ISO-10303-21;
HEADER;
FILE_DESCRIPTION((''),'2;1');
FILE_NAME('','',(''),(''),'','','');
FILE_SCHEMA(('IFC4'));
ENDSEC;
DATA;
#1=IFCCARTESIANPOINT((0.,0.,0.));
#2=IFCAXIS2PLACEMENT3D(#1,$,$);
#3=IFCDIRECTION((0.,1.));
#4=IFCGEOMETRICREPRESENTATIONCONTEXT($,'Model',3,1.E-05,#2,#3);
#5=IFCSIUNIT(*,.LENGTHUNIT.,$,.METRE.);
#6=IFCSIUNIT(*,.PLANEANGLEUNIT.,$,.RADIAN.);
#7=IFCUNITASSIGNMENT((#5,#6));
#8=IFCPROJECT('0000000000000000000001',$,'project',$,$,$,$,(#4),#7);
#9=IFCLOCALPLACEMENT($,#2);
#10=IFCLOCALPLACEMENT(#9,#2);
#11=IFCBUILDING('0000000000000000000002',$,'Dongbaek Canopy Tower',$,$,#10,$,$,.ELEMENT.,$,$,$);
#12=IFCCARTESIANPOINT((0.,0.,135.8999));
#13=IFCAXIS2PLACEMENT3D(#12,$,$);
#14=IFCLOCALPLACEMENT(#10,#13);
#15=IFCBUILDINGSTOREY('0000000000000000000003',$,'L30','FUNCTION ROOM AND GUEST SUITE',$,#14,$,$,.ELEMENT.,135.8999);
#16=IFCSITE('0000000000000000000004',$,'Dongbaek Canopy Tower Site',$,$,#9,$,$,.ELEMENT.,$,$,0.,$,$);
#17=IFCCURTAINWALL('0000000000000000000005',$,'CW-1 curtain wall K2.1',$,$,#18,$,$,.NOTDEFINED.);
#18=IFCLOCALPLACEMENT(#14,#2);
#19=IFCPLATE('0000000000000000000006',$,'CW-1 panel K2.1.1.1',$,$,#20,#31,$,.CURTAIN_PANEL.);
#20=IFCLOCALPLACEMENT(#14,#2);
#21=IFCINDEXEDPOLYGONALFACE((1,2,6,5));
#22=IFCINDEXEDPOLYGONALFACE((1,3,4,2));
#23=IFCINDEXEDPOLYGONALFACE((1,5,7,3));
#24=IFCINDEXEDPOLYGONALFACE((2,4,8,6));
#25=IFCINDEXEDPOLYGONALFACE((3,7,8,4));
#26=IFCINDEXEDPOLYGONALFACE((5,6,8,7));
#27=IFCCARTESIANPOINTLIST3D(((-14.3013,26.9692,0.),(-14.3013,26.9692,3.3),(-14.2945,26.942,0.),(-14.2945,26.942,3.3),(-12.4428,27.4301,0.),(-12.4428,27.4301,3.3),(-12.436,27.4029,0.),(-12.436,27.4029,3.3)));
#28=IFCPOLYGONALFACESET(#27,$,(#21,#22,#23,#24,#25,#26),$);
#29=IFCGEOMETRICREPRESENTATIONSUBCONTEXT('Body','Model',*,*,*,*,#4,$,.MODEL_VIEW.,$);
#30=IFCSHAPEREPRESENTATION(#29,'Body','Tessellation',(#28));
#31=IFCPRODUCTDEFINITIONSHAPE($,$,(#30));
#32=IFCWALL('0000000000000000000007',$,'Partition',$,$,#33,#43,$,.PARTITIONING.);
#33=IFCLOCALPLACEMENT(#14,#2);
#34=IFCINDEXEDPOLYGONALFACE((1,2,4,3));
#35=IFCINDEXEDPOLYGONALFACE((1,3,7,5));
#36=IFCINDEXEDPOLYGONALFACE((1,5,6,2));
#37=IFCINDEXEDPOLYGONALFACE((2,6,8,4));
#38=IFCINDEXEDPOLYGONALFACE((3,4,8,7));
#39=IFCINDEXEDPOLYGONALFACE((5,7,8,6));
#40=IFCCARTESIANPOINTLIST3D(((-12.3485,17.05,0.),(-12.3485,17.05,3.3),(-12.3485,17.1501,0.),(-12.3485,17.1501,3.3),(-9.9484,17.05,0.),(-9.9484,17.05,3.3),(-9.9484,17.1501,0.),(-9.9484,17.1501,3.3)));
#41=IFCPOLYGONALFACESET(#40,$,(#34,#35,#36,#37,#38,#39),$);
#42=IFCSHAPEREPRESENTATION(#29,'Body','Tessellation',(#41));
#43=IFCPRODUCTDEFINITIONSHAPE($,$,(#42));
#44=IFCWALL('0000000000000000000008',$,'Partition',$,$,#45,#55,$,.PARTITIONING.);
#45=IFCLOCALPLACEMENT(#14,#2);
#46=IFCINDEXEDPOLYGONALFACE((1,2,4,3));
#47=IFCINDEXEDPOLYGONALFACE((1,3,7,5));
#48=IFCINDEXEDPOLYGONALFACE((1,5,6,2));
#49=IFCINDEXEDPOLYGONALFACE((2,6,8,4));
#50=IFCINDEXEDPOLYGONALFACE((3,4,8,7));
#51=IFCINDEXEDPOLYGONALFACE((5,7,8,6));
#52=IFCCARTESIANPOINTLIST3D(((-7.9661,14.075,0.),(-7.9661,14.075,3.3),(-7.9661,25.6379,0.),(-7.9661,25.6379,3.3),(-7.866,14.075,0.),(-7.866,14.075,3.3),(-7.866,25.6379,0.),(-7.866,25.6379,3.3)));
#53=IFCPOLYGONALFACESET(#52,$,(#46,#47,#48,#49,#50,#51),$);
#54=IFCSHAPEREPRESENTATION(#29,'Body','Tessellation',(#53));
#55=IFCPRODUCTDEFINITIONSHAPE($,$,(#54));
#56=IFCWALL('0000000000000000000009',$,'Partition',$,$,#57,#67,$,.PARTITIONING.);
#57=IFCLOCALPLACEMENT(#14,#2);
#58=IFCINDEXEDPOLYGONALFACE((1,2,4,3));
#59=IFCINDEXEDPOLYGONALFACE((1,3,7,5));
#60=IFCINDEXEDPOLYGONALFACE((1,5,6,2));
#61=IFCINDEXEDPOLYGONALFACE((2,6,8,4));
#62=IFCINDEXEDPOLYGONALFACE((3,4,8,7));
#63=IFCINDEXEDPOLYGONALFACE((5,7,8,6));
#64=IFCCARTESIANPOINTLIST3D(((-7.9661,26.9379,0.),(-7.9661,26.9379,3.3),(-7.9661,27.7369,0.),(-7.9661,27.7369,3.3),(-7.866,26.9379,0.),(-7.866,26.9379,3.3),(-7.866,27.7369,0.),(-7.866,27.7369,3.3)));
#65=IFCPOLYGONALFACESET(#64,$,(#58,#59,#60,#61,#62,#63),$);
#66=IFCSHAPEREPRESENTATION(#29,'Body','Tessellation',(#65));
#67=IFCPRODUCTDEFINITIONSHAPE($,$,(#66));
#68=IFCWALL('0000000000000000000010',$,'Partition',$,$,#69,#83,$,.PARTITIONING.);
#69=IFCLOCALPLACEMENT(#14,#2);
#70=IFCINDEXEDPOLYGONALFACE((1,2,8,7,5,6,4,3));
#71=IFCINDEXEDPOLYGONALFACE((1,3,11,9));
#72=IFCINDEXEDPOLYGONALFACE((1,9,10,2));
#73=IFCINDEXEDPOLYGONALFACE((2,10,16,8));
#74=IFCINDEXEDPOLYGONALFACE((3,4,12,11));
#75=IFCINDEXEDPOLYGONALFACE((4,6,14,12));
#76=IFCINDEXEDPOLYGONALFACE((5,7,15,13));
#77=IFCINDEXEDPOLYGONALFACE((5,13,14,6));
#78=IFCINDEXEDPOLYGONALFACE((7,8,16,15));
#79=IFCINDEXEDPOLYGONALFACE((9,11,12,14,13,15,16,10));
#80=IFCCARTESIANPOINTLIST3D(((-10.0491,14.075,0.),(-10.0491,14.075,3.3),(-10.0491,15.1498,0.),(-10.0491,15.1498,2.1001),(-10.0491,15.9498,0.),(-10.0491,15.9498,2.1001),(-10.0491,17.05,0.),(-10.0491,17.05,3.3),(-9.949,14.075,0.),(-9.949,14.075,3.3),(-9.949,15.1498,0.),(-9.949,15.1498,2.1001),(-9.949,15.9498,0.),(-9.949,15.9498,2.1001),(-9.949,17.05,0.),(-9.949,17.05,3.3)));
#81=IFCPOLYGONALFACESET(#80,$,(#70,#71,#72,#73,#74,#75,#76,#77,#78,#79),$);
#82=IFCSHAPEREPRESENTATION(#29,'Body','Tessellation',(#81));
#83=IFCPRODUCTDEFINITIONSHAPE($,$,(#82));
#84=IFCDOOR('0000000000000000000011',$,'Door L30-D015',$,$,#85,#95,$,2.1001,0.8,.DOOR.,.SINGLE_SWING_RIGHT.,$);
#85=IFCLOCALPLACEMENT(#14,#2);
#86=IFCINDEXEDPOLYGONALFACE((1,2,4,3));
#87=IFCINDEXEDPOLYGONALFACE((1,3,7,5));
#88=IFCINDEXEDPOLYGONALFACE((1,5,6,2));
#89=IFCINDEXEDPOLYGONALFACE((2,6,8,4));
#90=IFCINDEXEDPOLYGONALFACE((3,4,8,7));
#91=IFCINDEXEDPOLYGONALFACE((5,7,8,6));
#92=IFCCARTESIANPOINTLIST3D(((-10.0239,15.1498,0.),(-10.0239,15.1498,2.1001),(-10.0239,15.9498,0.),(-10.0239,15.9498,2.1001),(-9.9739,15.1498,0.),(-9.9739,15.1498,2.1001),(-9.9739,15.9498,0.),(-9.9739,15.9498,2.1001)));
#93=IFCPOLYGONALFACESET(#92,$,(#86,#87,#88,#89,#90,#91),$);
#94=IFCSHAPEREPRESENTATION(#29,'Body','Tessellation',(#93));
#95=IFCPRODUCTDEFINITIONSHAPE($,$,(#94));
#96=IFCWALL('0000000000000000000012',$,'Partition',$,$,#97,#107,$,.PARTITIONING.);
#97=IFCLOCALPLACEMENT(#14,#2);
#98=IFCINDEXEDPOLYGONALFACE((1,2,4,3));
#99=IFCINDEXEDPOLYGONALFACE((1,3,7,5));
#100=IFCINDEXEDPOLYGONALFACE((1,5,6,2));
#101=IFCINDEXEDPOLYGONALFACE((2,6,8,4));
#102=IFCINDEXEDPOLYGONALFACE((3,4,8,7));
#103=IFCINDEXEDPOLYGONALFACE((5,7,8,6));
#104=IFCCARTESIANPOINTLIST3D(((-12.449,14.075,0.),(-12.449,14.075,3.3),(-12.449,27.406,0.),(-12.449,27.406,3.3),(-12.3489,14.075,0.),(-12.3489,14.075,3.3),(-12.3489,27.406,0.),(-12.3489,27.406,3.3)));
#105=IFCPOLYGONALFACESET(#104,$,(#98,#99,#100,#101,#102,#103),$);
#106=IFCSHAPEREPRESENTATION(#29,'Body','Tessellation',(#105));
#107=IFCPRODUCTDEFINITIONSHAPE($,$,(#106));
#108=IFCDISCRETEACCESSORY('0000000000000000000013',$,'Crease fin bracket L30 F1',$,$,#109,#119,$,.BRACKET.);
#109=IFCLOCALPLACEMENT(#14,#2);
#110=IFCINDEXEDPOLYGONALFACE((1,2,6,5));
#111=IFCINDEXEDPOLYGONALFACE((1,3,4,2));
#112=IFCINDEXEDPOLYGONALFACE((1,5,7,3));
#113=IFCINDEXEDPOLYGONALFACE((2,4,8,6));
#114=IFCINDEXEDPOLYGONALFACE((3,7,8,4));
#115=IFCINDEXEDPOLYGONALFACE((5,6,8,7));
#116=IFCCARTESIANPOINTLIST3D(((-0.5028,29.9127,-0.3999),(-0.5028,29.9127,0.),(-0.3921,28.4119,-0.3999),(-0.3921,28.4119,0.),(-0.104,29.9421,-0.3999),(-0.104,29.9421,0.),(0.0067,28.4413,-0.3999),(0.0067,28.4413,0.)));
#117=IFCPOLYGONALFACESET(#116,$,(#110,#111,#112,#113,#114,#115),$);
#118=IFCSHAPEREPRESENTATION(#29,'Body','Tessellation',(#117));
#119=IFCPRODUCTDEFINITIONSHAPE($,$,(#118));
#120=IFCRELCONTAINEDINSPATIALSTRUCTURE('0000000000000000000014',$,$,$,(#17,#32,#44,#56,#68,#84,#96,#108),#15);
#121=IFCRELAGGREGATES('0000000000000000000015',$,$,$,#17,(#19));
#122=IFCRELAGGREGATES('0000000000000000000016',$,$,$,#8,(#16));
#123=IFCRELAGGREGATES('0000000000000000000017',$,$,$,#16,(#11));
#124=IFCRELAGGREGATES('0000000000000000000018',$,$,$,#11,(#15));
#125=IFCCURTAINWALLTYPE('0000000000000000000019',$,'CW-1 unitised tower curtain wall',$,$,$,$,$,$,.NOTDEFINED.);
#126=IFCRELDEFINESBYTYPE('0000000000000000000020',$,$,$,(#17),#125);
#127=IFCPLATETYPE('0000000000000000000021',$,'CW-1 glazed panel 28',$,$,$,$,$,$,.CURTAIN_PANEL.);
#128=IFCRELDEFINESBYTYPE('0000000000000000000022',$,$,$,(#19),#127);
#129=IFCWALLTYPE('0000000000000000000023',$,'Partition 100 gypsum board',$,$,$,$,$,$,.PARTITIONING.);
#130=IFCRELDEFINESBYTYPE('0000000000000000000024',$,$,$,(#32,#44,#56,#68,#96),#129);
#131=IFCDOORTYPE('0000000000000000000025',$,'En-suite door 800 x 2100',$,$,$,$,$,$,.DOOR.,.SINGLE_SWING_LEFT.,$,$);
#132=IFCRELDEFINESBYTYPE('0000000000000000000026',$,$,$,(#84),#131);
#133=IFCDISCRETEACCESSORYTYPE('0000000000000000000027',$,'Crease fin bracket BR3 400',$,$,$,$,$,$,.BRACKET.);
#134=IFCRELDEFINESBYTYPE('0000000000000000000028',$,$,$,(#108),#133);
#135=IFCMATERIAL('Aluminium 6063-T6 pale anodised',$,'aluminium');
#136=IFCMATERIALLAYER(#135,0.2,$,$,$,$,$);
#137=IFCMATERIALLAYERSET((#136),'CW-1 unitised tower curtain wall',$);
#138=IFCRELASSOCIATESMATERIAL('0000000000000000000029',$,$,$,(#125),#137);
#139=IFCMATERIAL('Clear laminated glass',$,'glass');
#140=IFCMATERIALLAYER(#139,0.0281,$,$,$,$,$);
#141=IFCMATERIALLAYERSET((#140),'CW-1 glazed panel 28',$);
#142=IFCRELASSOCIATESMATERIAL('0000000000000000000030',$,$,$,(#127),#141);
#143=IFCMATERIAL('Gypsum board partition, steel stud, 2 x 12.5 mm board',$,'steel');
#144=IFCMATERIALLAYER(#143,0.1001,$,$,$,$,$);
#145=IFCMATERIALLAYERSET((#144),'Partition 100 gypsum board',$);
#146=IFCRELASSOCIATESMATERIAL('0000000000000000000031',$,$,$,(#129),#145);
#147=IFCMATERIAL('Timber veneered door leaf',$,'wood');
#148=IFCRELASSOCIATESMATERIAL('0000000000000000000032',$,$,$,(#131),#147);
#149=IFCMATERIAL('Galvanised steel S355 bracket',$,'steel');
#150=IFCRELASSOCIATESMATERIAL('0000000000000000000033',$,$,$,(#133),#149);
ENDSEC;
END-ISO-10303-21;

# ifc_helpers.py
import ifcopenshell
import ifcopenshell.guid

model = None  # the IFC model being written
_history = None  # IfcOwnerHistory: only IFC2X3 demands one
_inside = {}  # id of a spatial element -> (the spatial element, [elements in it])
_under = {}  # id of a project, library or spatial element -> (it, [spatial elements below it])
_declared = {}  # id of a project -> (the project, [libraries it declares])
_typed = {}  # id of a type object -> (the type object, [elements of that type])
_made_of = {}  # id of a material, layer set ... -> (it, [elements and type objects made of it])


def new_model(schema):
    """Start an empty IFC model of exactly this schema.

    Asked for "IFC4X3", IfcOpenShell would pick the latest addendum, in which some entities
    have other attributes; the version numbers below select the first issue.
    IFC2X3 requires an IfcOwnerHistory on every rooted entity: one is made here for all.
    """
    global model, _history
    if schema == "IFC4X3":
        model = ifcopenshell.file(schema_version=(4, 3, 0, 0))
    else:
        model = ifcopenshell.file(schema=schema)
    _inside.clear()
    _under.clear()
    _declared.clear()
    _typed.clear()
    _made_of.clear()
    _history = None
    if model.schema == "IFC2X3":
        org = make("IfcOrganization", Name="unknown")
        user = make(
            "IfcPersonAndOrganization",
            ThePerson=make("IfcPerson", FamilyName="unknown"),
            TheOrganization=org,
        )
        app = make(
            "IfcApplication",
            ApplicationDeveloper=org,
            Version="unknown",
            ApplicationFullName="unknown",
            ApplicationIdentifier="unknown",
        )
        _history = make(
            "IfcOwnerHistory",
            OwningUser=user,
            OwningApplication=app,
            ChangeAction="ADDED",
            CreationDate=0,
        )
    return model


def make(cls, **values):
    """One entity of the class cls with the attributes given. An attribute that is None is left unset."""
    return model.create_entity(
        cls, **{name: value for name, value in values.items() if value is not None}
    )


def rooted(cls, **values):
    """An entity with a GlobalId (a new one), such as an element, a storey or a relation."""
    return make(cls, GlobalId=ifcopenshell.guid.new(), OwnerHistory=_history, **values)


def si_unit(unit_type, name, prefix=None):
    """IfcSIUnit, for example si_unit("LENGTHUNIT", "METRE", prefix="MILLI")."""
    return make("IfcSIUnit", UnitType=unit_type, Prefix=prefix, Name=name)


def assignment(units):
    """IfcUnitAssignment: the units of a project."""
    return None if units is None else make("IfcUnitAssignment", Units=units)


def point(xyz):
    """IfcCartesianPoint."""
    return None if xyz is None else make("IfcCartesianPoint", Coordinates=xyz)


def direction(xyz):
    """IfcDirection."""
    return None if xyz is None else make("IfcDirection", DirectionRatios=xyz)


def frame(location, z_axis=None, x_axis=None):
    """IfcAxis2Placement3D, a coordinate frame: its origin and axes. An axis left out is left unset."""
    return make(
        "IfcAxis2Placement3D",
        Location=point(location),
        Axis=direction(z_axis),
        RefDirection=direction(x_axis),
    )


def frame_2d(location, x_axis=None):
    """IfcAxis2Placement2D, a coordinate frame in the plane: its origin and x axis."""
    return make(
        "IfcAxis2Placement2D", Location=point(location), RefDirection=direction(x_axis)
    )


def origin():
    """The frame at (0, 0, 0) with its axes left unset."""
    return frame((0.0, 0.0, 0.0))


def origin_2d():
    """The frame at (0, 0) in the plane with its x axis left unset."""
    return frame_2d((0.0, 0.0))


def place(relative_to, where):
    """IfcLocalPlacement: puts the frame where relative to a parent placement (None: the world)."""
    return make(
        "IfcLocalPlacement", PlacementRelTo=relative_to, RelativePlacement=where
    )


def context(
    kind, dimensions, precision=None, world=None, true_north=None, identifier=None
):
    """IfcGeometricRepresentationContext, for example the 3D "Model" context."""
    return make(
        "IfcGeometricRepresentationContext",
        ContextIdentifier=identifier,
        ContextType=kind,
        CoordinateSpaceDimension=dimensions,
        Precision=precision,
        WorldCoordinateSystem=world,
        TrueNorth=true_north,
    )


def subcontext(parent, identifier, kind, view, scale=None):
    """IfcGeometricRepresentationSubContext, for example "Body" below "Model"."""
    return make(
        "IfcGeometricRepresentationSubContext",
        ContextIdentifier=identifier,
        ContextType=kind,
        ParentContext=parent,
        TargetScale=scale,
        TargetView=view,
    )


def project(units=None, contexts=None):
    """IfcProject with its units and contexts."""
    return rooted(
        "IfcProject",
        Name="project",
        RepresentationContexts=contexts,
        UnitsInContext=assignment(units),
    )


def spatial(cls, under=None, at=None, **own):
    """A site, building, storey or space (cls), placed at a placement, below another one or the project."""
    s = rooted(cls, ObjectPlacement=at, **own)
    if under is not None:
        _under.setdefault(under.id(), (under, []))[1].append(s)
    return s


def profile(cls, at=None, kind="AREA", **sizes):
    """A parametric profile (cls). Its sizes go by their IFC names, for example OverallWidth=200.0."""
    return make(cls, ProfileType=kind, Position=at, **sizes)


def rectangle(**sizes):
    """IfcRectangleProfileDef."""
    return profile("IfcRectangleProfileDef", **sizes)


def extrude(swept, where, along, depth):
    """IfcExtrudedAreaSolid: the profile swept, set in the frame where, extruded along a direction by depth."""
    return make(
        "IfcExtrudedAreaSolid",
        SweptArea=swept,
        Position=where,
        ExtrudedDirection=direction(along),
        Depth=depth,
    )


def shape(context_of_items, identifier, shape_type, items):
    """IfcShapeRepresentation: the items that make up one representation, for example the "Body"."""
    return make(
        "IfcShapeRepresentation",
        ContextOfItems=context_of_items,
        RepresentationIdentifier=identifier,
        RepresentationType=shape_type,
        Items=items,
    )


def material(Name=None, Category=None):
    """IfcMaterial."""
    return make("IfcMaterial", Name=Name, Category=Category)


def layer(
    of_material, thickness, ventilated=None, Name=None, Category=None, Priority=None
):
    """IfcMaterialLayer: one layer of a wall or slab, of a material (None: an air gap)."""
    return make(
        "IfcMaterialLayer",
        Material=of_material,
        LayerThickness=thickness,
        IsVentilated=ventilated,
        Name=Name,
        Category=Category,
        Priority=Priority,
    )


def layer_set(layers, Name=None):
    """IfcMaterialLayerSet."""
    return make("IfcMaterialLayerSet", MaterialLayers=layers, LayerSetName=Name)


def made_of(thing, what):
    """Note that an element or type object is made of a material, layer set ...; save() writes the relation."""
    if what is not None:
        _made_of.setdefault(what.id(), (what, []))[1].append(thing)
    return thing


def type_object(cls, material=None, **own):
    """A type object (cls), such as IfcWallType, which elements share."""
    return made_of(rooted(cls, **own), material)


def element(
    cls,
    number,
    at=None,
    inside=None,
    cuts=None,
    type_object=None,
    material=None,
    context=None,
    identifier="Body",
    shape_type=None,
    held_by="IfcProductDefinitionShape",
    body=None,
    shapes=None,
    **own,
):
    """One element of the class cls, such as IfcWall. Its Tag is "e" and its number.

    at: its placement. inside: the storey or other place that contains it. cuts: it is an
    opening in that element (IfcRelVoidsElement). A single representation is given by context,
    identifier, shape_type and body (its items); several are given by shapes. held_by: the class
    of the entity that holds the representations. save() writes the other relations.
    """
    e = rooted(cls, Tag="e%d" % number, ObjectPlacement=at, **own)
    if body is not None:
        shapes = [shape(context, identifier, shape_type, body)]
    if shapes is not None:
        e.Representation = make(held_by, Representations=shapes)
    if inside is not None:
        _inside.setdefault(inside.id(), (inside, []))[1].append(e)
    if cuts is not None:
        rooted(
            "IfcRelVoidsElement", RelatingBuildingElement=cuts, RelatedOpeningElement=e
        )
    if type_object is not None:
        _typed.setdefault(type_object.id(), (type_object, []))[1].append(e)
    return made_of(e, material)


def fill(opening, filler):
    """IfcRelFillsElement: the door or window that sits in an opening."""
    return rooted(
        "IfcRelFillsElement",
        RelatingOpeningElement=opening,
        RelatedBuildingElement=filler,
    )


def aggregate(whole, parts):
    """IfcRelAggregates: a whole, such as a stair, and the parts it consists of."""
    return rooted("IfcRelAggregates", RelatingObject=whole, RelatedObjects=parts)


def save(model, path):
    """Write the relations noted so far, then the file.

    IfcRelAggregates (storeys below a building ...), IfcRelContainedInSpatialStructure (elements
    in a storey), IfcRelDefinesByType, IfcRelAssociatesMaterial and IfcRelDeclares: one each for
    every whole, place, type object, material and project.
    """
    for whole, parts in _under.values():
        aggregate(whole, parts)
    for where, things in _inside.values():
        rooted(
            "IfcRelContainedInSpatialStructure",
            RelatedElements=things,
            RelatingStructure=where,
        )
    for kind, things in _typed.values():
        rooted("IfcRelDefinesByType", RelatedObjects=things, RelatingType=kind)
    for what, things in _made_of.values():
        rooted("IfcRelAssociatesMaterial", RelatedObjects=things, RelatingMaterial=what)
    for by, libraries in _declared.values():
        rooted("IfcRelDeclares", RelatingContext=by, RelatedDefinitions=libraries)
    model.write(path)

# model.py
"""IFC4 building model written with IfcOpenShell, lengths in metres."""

from ifc_helpers import new_model, si_unit, direction, frame, frame_2d, origin, origin_2d, place, context, subcontext, project, spatial, rectangle, extrude, material, layer, layer_set, type_object, element, fill, aggregate, save


model = new_model("IFC4")

# Units and contexts
model_context = context("Model", 3, precision=1e-05, world=origin(), true_north=direction((0.0, 1.0)))
body_context = subcontext(model_context, "Body", "Model", "MODEL_VIEW")
ifc_project = project(units=[si_unit("LENGTHUNIT", "METRE"), si_unit("PLANEANGLEUNIT", "RADIAN")], contexts=[model_context])

# Site, building, storey
site_placement = place(None, origin())
site = spatial("IfcSite", under=ifc_project, at=site_placement, Name="Dongbaek Canopy Tower Site", CompositionType="ELEMENT", RefElevation=0.0)
building_placement = place(site_placement, origin())
building = spatial("IfcBuilding", under=site, at=building_placement, Name="Dongbaek Canopy Tower", CompositionType="ELEMENT")
storey_placement = place(building_placement, frame((0.0, 0.0, 135.8999)))
storey = spatial("IfcBuildingStorey", under=building, at=storey_placement, Name="L30", Description="FUNCTION ROOM AND GUEST SUITE", CompositionType="ELEMENT", Elevation=135.8999)

# Curtain wall
ifc_material_1 = material(Name="Aluminium 6063-T6 pale anodised", Category="aluminium")
ifc_layer_1 = layer(ifc_material_1, 0.2)
ifc_layer_set_1 = layer_set([ifc_layer_1], Name="CW-1 unitised tower curtain wall")
curtain_wall_type = type_object("IfcCurtainWallType", Name="CW-1 unitised tower curtain wall", PredefinedType="NOTDEFINED", material=ifc_layer_set_1)
curtain_wall_placement = place(storey_placement, origin())
curtain_wall = element("IfcCurtainWall", 1, at=curtain_wall_placement, inside=storey, type_object=curtain_wall_type, Name="CW-1 curtain wall K2.1", PredefinedType="NOTDEFINED")

# Plate
ifc_material_2 = material(Name="Clear laminated glass", Category="glass")
ifc_layer_2 = layer(ifc_material_2, 0.0281)
ifc_layer_set_2 = layer_set([ifc_layer_2], Name="CW-1 glazed panel 28")
plate_type = type_object("IfcPlateType", Name="CW-1 glazed panel 28", PredefinedType="CURTAIN_PANEL", material=ifc_layer_set_2)
plate_placement = place(storey_placement, frame((-13.3687, 27.186, 0.0), z_axis=(0.0, 0.0, 1.0), x_axis=(-0.970597, -0.240709, 0.0)))
plate = element("IfcPlate", 2, at=plate_placement, type_object=plate_type, Name="CW-1 panel K2.1.1.1", PredefinedType="CURTAIN_PANEL", context=body_context, shape_type="SweptSolid", body=[
    extrude(rectangle(XDim=1.9148, YDim=0.0281, at=origin_2d()), origin(), (0.0, 0.0, 1.0), 3.3),
])
aggregate(curtain_wall, [plate])

# Walls
ifc_material_3 = material(Name="Gypsum board partition, steel stud, 2 x 12.5 mm board", Category="steel")
ifc_layer_3 = layer(ifc_material_3, 0.1001)
ifc_layer_set_3 = layer_set([ifc_layer_3], Name="Partition 100 gypsum board")
wall_type_1 = type_object("IfcWallType", Name="Partition 100 gypsum board", PredefinedType="PARTITIONING", material=ifc_layer_set_3)
wall_1_placement = place(storey_placement, frame((-12.3486, 17.1001, 0.0), z_axis=(0.0, 0.0, 1.0), x_axis=(1.0, 0.0, 0.0)))
element("IfcWall", 3, at=wall_1_placement, inside=storey, type_object=wall_type_1, Name="Partition", PredefinedType="PARTITIONING", context=body_context, shape_type="SweptSolid", body=[
    extrude(rectangle(XDim=2.4001, YDim=0.1001, at=frame_2d((1.2002, 0.0))), origin(), (0.0, 0.0, 1.0), 3.3),
])
wall_2_placement = place(storey_placement, frame((-7.916, 14.075, 0.0), z_axis=(0.0, 0.0, 1.0), x_axis=(0.0, 1.0, 0.0)))
element("IfcWall", 4, at=wall_2_placement, inside=storey, type_object=wall_type_1, Name="Partition", PredefinedType="PARTITIONING", context=body_context, shape_type="SweptSolid", body=[
    extrude(rectangle(XDim=11.563, YDim=0.1001, at=frame_2d((5.7815, 0.0))), origin(), (0.0, 0.0, 1.0), 3.3),
])
wall_3_placement = place(storey_placement, frame((-7.916, 26.938, 0.0), z_axis=(0.0, 0.0, 1.0), x_axis=(0.0, 1.0, 0.0)))
element("IfcWall", 5, at=wall_3_placement, inside=storey, type_object=wall_type_1, Name="Partition", PredefinedType="PARTITIONING", context=body_context, shape_type="SweptSolid", body=[
    extrude(rectangle(XDim=0.7991, YDim=0.1001, at=frame_2d((0.3994, 0.0))), origin(), (0.0, 0.0, 1.0), 3.3),
])

# Wall, opening, door
wall_4_placement = place(storey_placement, frame((-9.999, 14.075, 0.0), z_axis=(0.0, 0.0, 1.0), x_axis=(0.0, 1.0, 0.0)))
wall_4 = element("IfcWall", 6, at=wall_4_placement, inside=storey, type_object=wall_type_1, Name="Partition", PredefinedType="PARTITIONING", context=body_context, shape_type="SweptSolid", body=[
    extrude(rectangle(XDim=2.9751, YDim=0.1001, at=frame_2d((1.4875, 0.0))), origin(), (0.0, 0.0, 1.0), 3.3),
])
opening_1_placement = place(wall_4_placement, frame((1.075, 0.0, 0.0)))
opening_1 = element("IfcOpeningElement", 7, at=opening_1_placement, cuts=wall_4, PredefinedType="OPENING", context=body_context, shape_type="SweptSolid", body=[
    extrude(rectangle(XDim=0.8, YDim=2.1001, at=frame_2d((0.3999, 1.05))), frame((0.0, 0.0601, 0.0), z_axis=(0.0, -1.0, 0.0), x_axis=(1.0, 0.0, 0.0)), (0.0, 0.0, 1.0), 0.1201),
])
ifc_material_4 = material(Name="Timber veneered door leaf", Category="wood")
door_type_1 = type_object("IfcDoorType", Name="En-suite door 800 x 2100", OperationType="SINGLE_SWING_LEFT", PredefinedType="DOOR", material=ifc_material_4)
door_1_placement = place(opening_1_placement, origin())
door_1 = element("IfcDoor", 8, at=door_1_placement, inside=storey, type_object=door_type_1, Name="Door L30-D015", OperationType="SINGLE_SWING_RIGHT", OverallHeight=2.1001, OverallWidth=0.8, PredefinedType="DOOR", context=body_context, shape_type="SweptSolid", body=[
    extrude(rectangle(XDim=0.8, YDim=2.1001, at=frame_2d((0.3999, 1.05))), frame((0.0, 0.0249, 0.0), z_axis=(0.0, -1.0, 0.0), x_axis=(1.0, 0.0, 0.0)), (0.0, 0.0, 1.0), 0.05),
])
fill(opening_1, door_1)

# Wall
wall_5_placement = place(storey_placement, frame((-12.3989, 14.075, 0.0), z_axis=(0.0, 0.0, 1.0), x_axis=(0.0, 1.0, 0.0)))
element("IfcWall", 9, at=wall_5_placement, inside=storey, type_object=wall_type_1, Name="Partition", PredefinedType="PARTITIONING", context=body_context, shape_type="SweptSolid", body=[
    extrude(rectangle(XDim=13.3311, YDim=0.1001, at=frame_2d((6.6655, 0.0))), origin(), (0.0, 0.0, 1.0), 3.3),
])

# Discrete accessory
ifc_material_5 = material(Name="Galvanised steel S355 bracket", Category="steel")
discrete_accessory_type = type_object("IfcDiscreteAccessoryType", Name="Crease fin bracket BR3 400", PredefinedType="BRACKET", material=ifc_material_5)
discrete_accessory_placement = place(storey_placement, frame((-0.248, 29.177, -0.3999), z_axis=(0.0, 0.0, 1.0), x_axis=(-0.073518, 0.997294, 0.0)))
element("IfcDiscreteAccessory", 10, at=discrete_accessory_placement, inside=storey, type_object=discrete_accessory_type, Name="Crease fin bracket L30 F1", PredefinedType="BRACKET", context=body_context, shape_type="SweptSolid", body=[
    extrude(rectangle(XDim=1.5049, YDim=0.3999, at=origin_2d()), origin(), (0.0, 0.0, 1.0), 0.3999),
])

save(model, "model.ifc")
